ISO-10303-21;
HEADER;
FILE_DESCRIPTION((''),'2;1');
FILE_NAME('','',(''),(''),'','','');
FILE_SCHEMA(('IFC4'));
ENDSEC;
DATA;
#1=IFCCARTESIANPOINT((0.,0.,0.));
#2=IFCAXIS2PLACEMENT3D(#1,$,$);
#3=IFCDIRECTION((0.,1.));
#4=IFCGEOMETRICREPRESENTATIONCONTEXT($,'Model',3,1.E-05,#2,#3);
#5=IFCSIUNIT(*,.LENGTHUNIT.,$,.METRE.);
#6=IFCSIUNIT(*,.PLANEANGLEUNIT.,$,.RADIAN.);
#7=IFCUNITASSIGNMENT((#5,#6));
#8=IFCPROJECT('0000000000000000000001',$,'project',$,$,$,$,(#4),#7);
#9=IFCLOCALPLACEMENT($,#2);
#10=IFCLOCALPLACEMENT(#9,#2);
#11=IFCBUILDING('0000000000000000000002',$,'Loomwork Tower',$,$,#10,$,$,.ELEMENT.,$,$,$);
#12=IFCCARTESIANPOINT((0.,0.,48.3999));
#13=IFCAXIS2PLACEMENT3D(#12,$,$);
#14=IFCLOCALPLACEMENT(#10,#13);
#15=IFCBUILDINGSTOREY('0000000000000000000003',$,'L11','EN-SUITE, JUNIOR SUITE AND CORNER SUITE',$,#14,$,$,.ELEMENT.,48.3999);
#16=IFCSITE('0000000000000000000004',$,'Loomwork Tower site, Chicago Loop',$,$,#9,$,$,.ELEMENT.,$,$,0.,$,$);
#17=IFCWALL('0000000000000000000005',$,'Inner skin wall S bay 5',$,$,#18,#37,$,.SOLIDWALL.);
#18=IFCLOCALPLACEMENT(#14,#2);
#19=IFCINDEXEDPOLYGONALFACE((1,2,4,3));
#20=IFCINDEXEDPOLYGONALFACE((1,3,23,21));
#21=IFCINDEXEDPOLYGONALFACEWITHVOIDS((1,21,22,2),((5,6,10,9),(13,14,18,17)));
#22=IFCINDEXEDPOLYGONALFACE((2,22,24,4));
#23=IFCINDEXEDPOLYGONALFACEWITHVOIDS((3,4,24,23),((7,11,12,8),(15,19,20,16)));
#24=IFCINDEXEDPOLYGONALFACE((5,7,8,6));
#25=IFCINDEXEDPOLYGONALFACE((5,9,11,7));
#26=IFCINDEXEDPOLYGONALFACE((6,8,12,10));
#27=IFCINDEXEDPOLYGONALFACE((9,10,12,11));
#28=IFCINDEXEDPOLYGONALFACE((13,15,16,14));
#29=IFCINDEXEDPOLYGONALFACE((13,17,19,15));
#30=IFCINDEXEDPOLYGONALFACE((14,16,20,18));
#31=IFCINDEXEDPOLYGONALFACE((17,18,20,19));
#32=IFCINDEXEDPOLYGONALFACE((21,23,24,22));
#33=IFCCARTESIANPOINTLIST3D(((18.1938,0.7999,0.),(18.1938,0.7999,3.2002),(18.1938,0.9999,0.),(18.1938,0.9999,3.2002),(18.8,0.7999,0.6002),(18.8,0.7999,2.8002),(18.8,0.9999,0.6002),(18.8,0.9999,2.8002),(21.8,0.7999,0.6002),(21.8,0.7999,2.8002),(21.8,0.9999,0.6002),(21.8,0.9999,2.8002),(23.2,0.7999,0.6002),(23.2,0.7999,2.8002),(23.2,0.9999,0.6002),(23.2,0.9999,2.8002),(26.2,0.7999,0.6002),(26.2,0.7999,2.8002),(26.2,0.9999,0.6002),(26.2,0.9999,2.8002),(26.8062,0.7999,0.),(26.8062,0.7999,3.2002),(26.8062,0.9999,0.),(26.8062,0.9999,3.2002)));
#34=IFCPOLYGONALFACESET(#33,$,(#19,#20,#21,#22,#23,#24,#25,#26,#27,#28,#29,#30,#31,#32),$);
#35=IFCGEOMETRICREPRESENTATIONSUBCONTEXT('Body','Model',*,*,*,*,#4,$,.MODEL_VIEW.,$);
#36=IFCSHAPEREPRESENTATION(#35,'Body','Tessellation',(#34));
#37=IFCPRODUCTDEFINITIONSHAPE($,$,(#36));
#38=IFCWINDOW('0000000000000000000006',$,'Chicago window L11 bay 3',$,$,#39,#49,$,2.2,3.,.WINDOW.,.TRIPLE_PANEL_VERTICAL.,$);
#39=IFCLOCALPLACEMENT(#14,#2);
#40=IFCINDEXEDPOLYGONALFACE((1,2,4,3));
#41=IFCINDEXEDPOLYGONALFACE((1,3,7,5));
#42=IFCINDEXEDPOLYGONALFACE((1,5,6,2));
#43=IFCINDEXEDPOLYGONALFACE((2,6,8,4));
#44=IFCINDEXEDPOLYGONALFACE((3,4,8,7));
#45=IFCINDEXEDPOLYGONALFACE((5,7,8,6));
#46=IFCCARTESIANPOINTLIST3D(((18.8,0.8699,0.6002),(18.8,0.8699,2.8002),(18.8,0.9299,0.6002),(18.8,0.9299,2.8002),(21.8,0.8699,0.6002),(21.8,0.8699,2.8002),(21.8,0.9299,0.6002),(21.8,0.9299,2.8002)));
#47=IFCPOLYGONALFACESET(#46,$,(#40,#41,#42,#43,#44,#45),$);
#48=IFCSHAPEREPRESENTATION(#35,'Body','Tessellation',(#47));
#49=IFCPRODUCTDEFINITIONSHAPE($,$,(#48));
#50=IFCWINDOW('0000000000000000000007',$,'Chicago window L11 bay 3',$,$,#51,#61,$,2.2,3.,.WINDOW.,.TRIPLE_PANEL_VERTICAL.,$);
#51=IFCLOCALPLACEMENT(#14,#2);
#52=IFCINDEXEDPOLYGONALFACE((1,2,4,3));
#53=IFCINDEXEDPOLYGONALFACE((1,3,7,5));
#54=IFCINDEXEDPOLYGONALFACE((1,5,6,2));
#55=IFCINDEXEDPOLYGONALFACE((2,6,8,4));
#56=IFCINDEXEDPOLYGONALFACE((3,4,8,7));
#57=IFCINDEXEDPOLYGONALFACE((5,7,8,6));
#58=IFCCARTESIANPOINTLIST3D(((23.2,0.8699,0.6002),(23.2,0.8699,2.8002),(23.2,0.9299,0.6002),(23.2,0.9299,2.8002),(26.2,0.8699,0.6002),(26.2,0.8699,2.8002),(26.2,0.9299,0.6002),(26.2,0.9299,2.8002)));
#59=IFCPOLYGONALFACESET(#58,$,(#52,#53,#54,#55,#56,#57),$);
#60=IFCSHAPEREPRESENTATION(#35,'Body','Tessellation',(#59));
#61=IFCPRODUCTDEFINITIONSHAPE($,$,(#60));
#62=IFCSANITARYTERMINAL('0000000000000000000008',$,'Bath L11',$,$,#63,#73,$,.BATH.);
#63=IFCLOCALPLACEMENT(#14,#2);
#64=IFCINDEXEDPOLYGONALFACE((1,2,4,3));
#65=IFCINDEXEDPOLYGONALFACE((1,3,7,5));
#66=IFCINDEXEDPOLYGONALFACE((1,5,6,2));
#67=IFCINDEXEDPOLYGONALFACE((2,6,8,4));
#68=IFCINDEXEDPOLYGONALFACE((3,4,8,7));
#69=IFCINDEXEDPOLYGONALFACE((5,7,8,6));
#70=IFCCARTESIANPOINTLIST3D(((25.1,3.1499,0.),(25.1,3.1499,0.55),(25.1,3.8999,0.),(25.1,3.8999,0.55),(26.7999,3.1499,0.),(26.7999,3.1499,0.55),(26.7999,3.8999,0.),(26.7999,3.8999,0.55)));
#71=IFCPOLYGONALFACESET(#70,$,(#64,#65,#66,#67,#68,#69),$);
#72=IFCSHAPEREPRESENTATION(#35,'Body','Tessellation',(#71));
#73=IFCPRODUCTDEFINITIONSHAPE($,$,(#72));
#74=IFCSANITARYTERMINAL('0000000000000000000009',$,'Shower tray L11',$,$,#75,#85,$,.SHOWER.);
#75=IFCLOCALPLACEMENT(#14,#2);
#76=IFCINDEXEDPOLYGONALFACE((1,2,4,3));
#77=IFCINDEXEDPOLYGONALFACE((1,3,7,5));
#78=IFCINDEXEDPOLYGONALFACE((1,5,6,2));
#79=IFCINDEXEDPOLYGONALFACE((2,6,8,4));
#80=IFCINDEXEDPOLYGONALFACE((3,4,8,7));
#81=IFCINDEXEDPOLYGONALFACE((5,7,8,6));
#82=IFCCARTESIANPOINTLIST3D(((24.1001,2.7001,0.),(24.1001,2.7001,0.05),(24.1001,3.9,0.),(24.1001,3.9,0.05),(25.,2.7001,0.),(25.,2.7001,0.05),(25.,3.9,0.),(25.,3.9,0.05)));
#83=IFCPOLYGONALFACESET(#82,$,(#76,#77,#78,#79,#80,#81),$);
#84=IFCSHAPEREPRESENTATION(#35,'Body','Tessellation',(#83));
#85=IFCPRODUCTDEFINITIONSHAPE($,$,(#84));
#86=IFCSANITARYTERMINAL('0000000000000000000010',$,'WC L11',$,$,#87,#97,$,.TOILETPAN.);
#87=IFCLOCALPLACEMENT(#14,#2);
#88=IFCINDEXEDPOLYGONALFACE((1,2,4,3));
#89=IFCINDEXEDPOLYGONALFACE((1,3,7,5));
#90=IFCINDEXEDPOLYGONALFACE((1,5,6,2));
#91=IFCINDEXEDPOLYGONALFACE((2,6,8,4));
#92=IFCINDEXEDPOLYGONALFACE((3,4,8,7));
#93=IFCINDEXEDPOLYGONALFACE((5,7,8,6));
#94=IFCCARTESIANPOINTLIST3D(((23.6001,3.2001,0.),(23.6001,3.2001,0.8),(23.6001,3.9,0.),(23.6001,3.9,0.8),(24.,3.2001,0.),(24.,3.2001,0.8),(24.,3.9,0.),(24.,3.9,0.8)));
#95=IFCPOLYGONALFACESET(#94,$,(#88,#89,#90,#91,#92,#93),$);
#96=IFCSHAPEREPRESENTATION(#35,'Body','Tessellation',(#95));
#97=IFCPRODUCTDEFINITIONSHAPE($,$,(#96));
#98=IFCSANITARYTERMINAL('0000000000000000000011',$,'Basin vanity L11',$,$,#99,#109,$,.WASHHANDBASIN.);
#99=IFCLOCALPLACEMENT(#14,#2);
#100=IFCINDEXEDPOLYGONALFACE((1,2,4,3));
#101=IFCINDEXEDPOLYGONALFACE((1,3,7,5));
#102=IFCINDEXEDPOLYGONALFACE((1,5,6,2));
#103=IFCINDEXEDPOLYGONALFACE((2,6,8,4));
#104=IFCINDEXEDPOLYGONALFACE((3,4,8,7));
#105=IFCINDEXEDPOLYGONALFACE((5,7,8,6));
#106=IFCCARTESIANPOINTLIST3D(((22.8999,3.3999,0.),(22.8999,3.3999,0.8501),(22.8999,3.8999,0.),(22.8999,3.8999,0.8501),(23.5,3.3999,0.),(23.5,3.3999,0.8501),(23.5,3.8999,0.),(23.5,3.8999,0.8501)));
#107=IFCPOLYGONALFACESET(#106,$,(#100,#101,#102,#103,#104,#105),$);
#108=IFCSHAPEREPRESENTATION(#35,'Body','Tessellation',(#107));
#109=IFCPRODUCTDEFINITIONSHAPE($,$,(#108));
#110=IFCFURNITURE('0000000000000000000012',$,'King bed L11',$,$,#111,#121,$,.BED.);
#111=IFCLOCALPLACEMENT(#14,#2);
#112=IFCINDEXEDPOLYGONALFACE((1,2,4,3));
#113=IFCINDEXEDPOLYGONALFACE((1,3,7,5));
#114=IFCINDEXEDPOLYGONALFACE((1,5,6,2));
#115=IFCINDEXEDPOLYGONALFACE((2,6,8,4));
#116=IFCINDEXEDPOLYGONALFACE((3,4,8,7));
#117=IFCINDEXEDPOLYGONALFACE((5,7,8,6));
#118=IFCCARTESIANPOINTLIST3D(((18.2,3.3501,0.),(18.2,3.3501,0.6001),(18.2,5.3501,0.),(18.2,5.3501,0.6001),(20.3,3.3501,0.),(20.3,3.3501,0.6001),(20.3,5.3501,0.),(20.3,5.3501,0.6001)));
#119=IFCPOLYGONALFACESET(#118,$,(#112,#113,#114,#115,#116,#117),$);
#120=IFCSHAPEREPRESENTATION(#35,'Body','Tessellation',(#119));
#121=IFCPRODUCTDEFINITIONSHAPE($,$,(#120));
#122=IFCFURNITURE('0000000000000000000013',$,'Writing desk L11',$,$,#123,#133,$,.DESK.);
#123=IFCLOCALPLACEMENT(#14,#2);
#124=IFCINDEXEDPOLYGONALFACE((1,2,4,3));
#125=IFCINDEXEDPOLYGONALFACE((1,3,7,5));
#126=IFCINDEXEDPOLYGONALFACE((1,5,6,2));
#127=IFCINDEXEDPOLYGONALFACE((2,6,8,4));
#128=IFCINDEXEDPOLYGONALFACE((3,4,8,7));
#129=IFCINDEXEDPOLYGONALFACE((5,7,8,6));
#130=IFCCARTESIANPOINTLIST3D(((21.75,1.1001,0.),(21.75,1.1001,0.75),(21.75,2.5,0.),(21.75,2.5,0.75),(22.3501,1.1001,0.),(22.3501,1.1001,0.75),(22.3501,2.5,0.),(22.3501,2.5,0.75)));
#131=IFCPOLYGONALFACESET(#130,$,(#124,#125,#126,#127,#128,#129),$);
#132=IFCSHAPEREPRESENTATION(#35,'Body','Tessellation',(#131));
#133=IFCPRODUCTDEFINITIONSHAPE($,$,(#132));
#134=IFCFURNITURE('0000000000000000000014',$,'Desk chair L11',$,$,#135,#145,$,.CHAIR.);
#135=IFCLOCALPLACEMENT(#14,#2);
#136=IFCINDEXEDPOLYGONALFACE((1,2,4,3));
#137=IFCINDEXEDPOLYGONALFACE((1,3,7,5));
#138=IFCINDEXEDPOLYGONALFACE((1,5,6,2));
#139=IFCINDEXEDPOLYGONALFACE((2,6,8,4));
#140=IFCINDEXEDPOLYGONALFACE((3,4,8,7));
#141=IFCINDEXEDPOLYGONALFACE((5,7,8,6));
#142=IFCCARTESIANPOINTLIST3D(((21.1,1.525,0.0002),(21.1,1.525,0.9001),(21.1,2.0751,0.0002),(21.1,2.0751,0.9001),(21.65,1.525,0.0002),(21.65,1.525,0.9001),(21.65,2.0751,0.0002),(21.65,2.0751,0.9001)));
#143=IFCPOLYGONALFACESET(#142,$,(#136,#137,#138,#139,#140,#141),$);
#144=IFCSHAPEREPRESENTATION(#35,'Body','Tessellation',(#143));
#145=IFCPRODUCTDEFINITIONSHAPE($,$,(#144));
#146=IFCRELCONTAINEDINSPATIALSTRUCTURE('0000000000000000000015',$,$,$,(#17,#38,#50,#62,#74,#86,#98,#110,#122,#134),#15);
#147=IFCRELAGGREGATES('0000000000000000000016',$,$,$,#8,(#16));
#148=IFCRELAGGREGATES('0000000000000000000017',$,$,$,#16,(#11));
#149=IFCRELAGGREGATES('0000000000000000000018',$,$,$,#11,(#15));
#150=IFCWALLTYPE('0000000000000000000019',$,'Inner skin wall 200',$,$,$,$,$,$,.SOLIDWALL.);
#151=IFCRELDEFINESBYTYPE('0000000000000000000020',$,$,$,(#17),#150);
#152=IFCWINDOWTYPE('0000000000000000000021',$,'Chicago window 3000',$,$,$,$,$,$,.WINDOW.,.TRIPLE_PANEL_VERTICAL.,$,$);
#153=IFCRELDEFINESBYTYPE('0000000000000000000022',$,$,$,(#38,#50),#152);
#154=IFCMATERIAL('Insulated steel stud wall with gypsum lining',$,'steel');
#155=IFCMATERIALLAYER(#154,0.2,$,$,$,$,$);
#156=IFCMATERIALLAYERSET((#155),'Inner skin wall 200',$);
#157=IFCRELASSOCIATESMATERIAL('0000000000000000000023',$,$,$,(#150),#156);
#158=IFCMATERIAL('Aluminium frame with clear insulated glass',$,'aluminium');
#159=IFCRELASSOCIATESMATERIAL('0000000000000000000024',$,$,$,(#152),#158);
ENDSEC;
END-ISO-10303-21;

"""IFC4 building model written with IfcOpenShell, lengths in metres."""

from ifc_helpers import new_model, si_unit, direction, frame, frame_2d, origin, origin_2d, place, context, subcontext, project, spatial, rectangle, extrude, material, layer, layer_set, type_object, element, fill, save


model = new_model("IFC4")

# Units and contexts
model_context = context("Model", 3, precision=1e-05, world=origin(), true_north=direction((0.0, 1.0)))
body_context = subcontext(model_context, "Body", "Model", "MODEL_VIEW")
ifc_project = project(units=[si_unit("LENGTHUNIT", "METRE"), si_unit("PLANEANGLEUNIT", "RADIAN")], contexts=[model_context])

# Site, building, storey
site_placement = place(None, origin())
site = spatial("IfcSite", under=ifc_project, at=site_placement, Name="Loomwork Tower site, Chicago Loop", CompositionType="ELEMENT", RefElevation=0.0)
building_placement = place(site_placement, origin())
building = spatial("IfcBuilding", under=site, at=building_placement, Name="Loomwork Tower", CompositionType="ELEMENT")
storey_placement = place(building_placement, frame((0.0, 0.0, 48.3999)))
storey = spatial("IfcBuildingStorey", under=building, at=storey_placement, Name="L11", Description="EN-SUITE, JUNIOR SUITE AND CORNER SUITE", CompositionType="ELEMENT", Elevation=48.3999)

# Wall, openings, windows
ifc_material_1 = material(Name="Insulated steel stud wall with gypsum lining", Category="steel")
ifc_layer_1 = layer(ifc_material_1, 0.2)
ifc_layer_set_1 = layer_set([ifc_layer_1], Name="Inner skin wall 200")
wall_type_1 = type_object("IfcWallType", Name="Inner skin wall 200", PredefinedType="SOLIDWALL", material=ifc_layer_set_1)
wall_1_placement = place(storey_placement, frame((18.1938, 0.8999, 0.0), z_axis=(0.0, 0.0, 1.0), x_axis=(1.0, 0.0, 0.0)))
wall_1 = element("IfcWall", 1, at=wall_1_placement, inside=storey, type_object=wall_type_1, Name="Inner skin wall S bay 5", PredefinedType="SOLIDWALL", context=body_context, shape_type="SweptSolid", body=[
    extrude(rectangle(XDim=8.6123, YDim=0.2, at=frame_2d((4.3062, 0.0))), origin(), (0.0, 0.0, 1.0), 3.2002),
])
opening_1_placement = place(wall_1_placement, frame((0.6062, 0.0, 0.6001)))
opening_1 = element("IfcOpeningElement", 2, at=opening_1_placement, cuts=wall_1, PredefinedType="OPENING", context=body_context, shape_type="SweptSolid", body=[
    extrude(rectangle(XDim=3.0, YDim=2.2, at=frame_2d((1.5, 1.1001))), frame((0.0, 0.1099, 0.0), z_axis=(0.0, -1.0, 0.0), x_axis=(1.0, 0.0, 0.0)), (0.0, 0.0, 1.0), 0.22),
])
opening_2_placement = place(wall_1_placement, frame((5.0061, 0.0, 0.6001)))
opening_2 = element("IfcOpeningElement", 3, at=opening_2_placement, cuts=wall_1, PredefinedType="OPENING", context=body_context, shape_type="SweptSolid", body=[
    extrude(rectangle(XDim=3.0, YDim=2.2, at=frame_2d((1.5, 1.1001))), frame((0.0, 0.1099, 0.0), z_axis=(0.0, -1.0, 0.0), x_axis=(1.0, 0.0, 0.0)), (0.0, 0.0, 1.0), 0.22),
])
ifc_material_2 = material(Name="Aluminium frame with clear insulated glass", Category="aluminium")
window_type = type_object("IfcWindowType", Name="Chicago window 3000", PartitioningType="TRIPLE_PANEL_VERTICAL", PredefinedType="WINDOW", material=ifc_material_2)
window_1_placement = place(opening_1_placement, origin())
window_1 = element("IfcWindow", 4, at=window_1_placement, inside=storey, type_object=window_type, Name="Chicago window L11 bay 3", OverallHeight=2.2, OverallWidth=3.0, PartitioningType="TRIPLE_PANEL_VERTICAL", PredefinedType="WINDOW", context=body_context, shape_type="SweptSolid", body=[
    extrude(rectangle(XDim=3.0, YDim=2.2, at=frame_2d((1.5, 1.1001))), frame((0.0, 0.03, 0.0), z_axis=(0.0, -1.0, 0.0), x_axis=(1.0, 0.0, 0.0)), (0.0, 0.0, 1.0), 0.0601),
])
fill(opening_1, window_1)
window_2_placement = place(opening_2_placement, origin())
window_2 = element("IfcWindow", 5, at=window_2_placement, inside=storey, type_object=window_type, Name="Chicago window L11 bay 3", OverallHeight=2.2, OverallWidth=3.0, PartitioningType="TRIPLE_PANEL_VERTICAL", PredefinedType="WINDOW", context=body_context, shape_type="SweptSolid", body=[
    extrude(rectangle(XDim=3.0, YDim=2.2, at=frame_2d((1.5, 1.1001))), frame((0.0, 0.03, 0.0), z_axis=(0.0, -1.0, 0.0), x_axis=(1.0, 0.0, 0.0)), (0.0, 0.0, 1.0), 0.0601),
])
fill(opening_2, window_2)

# Sanitary terminals
sanitary_terminal_1_placement = place(storey_placement, frame((25.95, 3.5249, 0.0), z_axis=(0.0, 0.0, 1.0), x_axis=(1.0, 0.0, 0.0)))
element("IfcSanitaryTerminal", 6, at=sanitary_terminal_1_placement, inside=storey, Name="Bath L11", PredefinedType="BATH", context=body_context, shape_type="SweptSolid", body=[
    extrude(rectangle(XDim=1.7, YDim=0.75, at=origin_2d()), origin(), (0.0, 0.0, 1.0), 0.55),
])
sanitary_terminal_2_placement = place(storey_placement, frame((24.55, 3.3, 0.0), z_axis=(0.0, 0.0, 1.0), x_axis=(1.0, 0.0, 0.0)))
element("IfcSanitaryTerminal", 7, at=sanitary_terminal_2_placement, inside=storey, Name="Shower tray L11", PredefinedType="SHOWER", context=body_context, shape_type="SweptSolid", body=[
    extrude(rectangle(XDim=0.8999, YDim=1.2, at=origin_2d()), origin(), (0.0, 0.0, 1.0), 0.05),
])
sanitary_terminal_3_placement = place(storey_placement, frame((23.8, 3.55, 0.0), z_axis=(0.0, 0.0, 1.0), x_axis=(1.0, 0.0, 0.0)))
element("IfcSanitaryTerminal", 8, at=sanitary_terminal_3_placement, inside=storey, Name="WC L11", PredefinedType="TOILETPAN", context=body_context, shape_type="SweptSolid", body=[
    extrude(rectangle(XDim=0.3999, YDim=0.7, at=origin_2d()), origin(), (0.0, 0.0, 1.0), 0.8),
])
sanitary_terminal_4_placement = place(storey_placement, frame((23.2, 3.6499, 0.0), z_axis=(0.0, 0.0, 1.0), x_axis=(1.0, 0.0, 0.0)))
element("IfcSanitaryTerminal", 9, at=sanitary_terminal_4_placement, inside=storey, Name="Basin vanity L11", PredefinedType="WASHHANDBASIN", context=body_context, shape_type="SweptSolid", body=[
    extrude(rectangle(XDim=0.6001, YDim=0.5, at=origin_2d()), origin(), (0.0, 0.0, 1.0), 0.8501),
])

# Furniture
furniture_1_placement = place(storey_placement, frame((19.25, 4.3501, 0.0), z_axis=(0.0, 0.0, 1.0), x_axis=(1.0, 0.0, 0.0)))
element("IfcFurniture", 10, at=furniture_1_placement, inside=storey, Name="King bed L11", PredefinedType="BED", context=body_context, shape_type="SweptSolid", body=[
    extrude(rectangle(XDim=2.1001, YDim=2.0, at=origin_2d()), origin(), (0.0, 0.0, 1.0), 0.6001),
])
furniture_2_placement = place(storey_placement, frame((22.05, 1.8, 0.0), z_axis=(0.0, 0.0, 1.0), x_axis=(1.0, 0.0, 0.0)))
element("IfcFurniture", 11, at=furniture_2_placement, inside=storey, Name="Writing desk L11", PredefinedType="DESK", context=body_context, shape_type="SweptSolid", body=[
    extrude(rectangle(XDim=0.6001, YDim=1.3999, at=origin_2d()), origin(), (0.0, 0.0, 1.0), 0.75),
])
furniture_3_placement = place(storey_placement, frame((21.375, 1.8, 0.0002), z_axis=(0.0, 0.0, 1.0), x_axis=(1.0, 0.0, 0.0)))
element("IfcFurniture", 12, at=furniture_3_placement, inside=storey, Name="Desk chair L11", PredefinedType="CHAIR", context=body_context, shape_type="SweptSolid", body=[
    extrude(rectangle(XDim=0.55, YDim=0.55, at=origin_2d()), origin(), (0.0, 0.0, 1.0), 0.8999),
])

save(model, "model.ifc")
